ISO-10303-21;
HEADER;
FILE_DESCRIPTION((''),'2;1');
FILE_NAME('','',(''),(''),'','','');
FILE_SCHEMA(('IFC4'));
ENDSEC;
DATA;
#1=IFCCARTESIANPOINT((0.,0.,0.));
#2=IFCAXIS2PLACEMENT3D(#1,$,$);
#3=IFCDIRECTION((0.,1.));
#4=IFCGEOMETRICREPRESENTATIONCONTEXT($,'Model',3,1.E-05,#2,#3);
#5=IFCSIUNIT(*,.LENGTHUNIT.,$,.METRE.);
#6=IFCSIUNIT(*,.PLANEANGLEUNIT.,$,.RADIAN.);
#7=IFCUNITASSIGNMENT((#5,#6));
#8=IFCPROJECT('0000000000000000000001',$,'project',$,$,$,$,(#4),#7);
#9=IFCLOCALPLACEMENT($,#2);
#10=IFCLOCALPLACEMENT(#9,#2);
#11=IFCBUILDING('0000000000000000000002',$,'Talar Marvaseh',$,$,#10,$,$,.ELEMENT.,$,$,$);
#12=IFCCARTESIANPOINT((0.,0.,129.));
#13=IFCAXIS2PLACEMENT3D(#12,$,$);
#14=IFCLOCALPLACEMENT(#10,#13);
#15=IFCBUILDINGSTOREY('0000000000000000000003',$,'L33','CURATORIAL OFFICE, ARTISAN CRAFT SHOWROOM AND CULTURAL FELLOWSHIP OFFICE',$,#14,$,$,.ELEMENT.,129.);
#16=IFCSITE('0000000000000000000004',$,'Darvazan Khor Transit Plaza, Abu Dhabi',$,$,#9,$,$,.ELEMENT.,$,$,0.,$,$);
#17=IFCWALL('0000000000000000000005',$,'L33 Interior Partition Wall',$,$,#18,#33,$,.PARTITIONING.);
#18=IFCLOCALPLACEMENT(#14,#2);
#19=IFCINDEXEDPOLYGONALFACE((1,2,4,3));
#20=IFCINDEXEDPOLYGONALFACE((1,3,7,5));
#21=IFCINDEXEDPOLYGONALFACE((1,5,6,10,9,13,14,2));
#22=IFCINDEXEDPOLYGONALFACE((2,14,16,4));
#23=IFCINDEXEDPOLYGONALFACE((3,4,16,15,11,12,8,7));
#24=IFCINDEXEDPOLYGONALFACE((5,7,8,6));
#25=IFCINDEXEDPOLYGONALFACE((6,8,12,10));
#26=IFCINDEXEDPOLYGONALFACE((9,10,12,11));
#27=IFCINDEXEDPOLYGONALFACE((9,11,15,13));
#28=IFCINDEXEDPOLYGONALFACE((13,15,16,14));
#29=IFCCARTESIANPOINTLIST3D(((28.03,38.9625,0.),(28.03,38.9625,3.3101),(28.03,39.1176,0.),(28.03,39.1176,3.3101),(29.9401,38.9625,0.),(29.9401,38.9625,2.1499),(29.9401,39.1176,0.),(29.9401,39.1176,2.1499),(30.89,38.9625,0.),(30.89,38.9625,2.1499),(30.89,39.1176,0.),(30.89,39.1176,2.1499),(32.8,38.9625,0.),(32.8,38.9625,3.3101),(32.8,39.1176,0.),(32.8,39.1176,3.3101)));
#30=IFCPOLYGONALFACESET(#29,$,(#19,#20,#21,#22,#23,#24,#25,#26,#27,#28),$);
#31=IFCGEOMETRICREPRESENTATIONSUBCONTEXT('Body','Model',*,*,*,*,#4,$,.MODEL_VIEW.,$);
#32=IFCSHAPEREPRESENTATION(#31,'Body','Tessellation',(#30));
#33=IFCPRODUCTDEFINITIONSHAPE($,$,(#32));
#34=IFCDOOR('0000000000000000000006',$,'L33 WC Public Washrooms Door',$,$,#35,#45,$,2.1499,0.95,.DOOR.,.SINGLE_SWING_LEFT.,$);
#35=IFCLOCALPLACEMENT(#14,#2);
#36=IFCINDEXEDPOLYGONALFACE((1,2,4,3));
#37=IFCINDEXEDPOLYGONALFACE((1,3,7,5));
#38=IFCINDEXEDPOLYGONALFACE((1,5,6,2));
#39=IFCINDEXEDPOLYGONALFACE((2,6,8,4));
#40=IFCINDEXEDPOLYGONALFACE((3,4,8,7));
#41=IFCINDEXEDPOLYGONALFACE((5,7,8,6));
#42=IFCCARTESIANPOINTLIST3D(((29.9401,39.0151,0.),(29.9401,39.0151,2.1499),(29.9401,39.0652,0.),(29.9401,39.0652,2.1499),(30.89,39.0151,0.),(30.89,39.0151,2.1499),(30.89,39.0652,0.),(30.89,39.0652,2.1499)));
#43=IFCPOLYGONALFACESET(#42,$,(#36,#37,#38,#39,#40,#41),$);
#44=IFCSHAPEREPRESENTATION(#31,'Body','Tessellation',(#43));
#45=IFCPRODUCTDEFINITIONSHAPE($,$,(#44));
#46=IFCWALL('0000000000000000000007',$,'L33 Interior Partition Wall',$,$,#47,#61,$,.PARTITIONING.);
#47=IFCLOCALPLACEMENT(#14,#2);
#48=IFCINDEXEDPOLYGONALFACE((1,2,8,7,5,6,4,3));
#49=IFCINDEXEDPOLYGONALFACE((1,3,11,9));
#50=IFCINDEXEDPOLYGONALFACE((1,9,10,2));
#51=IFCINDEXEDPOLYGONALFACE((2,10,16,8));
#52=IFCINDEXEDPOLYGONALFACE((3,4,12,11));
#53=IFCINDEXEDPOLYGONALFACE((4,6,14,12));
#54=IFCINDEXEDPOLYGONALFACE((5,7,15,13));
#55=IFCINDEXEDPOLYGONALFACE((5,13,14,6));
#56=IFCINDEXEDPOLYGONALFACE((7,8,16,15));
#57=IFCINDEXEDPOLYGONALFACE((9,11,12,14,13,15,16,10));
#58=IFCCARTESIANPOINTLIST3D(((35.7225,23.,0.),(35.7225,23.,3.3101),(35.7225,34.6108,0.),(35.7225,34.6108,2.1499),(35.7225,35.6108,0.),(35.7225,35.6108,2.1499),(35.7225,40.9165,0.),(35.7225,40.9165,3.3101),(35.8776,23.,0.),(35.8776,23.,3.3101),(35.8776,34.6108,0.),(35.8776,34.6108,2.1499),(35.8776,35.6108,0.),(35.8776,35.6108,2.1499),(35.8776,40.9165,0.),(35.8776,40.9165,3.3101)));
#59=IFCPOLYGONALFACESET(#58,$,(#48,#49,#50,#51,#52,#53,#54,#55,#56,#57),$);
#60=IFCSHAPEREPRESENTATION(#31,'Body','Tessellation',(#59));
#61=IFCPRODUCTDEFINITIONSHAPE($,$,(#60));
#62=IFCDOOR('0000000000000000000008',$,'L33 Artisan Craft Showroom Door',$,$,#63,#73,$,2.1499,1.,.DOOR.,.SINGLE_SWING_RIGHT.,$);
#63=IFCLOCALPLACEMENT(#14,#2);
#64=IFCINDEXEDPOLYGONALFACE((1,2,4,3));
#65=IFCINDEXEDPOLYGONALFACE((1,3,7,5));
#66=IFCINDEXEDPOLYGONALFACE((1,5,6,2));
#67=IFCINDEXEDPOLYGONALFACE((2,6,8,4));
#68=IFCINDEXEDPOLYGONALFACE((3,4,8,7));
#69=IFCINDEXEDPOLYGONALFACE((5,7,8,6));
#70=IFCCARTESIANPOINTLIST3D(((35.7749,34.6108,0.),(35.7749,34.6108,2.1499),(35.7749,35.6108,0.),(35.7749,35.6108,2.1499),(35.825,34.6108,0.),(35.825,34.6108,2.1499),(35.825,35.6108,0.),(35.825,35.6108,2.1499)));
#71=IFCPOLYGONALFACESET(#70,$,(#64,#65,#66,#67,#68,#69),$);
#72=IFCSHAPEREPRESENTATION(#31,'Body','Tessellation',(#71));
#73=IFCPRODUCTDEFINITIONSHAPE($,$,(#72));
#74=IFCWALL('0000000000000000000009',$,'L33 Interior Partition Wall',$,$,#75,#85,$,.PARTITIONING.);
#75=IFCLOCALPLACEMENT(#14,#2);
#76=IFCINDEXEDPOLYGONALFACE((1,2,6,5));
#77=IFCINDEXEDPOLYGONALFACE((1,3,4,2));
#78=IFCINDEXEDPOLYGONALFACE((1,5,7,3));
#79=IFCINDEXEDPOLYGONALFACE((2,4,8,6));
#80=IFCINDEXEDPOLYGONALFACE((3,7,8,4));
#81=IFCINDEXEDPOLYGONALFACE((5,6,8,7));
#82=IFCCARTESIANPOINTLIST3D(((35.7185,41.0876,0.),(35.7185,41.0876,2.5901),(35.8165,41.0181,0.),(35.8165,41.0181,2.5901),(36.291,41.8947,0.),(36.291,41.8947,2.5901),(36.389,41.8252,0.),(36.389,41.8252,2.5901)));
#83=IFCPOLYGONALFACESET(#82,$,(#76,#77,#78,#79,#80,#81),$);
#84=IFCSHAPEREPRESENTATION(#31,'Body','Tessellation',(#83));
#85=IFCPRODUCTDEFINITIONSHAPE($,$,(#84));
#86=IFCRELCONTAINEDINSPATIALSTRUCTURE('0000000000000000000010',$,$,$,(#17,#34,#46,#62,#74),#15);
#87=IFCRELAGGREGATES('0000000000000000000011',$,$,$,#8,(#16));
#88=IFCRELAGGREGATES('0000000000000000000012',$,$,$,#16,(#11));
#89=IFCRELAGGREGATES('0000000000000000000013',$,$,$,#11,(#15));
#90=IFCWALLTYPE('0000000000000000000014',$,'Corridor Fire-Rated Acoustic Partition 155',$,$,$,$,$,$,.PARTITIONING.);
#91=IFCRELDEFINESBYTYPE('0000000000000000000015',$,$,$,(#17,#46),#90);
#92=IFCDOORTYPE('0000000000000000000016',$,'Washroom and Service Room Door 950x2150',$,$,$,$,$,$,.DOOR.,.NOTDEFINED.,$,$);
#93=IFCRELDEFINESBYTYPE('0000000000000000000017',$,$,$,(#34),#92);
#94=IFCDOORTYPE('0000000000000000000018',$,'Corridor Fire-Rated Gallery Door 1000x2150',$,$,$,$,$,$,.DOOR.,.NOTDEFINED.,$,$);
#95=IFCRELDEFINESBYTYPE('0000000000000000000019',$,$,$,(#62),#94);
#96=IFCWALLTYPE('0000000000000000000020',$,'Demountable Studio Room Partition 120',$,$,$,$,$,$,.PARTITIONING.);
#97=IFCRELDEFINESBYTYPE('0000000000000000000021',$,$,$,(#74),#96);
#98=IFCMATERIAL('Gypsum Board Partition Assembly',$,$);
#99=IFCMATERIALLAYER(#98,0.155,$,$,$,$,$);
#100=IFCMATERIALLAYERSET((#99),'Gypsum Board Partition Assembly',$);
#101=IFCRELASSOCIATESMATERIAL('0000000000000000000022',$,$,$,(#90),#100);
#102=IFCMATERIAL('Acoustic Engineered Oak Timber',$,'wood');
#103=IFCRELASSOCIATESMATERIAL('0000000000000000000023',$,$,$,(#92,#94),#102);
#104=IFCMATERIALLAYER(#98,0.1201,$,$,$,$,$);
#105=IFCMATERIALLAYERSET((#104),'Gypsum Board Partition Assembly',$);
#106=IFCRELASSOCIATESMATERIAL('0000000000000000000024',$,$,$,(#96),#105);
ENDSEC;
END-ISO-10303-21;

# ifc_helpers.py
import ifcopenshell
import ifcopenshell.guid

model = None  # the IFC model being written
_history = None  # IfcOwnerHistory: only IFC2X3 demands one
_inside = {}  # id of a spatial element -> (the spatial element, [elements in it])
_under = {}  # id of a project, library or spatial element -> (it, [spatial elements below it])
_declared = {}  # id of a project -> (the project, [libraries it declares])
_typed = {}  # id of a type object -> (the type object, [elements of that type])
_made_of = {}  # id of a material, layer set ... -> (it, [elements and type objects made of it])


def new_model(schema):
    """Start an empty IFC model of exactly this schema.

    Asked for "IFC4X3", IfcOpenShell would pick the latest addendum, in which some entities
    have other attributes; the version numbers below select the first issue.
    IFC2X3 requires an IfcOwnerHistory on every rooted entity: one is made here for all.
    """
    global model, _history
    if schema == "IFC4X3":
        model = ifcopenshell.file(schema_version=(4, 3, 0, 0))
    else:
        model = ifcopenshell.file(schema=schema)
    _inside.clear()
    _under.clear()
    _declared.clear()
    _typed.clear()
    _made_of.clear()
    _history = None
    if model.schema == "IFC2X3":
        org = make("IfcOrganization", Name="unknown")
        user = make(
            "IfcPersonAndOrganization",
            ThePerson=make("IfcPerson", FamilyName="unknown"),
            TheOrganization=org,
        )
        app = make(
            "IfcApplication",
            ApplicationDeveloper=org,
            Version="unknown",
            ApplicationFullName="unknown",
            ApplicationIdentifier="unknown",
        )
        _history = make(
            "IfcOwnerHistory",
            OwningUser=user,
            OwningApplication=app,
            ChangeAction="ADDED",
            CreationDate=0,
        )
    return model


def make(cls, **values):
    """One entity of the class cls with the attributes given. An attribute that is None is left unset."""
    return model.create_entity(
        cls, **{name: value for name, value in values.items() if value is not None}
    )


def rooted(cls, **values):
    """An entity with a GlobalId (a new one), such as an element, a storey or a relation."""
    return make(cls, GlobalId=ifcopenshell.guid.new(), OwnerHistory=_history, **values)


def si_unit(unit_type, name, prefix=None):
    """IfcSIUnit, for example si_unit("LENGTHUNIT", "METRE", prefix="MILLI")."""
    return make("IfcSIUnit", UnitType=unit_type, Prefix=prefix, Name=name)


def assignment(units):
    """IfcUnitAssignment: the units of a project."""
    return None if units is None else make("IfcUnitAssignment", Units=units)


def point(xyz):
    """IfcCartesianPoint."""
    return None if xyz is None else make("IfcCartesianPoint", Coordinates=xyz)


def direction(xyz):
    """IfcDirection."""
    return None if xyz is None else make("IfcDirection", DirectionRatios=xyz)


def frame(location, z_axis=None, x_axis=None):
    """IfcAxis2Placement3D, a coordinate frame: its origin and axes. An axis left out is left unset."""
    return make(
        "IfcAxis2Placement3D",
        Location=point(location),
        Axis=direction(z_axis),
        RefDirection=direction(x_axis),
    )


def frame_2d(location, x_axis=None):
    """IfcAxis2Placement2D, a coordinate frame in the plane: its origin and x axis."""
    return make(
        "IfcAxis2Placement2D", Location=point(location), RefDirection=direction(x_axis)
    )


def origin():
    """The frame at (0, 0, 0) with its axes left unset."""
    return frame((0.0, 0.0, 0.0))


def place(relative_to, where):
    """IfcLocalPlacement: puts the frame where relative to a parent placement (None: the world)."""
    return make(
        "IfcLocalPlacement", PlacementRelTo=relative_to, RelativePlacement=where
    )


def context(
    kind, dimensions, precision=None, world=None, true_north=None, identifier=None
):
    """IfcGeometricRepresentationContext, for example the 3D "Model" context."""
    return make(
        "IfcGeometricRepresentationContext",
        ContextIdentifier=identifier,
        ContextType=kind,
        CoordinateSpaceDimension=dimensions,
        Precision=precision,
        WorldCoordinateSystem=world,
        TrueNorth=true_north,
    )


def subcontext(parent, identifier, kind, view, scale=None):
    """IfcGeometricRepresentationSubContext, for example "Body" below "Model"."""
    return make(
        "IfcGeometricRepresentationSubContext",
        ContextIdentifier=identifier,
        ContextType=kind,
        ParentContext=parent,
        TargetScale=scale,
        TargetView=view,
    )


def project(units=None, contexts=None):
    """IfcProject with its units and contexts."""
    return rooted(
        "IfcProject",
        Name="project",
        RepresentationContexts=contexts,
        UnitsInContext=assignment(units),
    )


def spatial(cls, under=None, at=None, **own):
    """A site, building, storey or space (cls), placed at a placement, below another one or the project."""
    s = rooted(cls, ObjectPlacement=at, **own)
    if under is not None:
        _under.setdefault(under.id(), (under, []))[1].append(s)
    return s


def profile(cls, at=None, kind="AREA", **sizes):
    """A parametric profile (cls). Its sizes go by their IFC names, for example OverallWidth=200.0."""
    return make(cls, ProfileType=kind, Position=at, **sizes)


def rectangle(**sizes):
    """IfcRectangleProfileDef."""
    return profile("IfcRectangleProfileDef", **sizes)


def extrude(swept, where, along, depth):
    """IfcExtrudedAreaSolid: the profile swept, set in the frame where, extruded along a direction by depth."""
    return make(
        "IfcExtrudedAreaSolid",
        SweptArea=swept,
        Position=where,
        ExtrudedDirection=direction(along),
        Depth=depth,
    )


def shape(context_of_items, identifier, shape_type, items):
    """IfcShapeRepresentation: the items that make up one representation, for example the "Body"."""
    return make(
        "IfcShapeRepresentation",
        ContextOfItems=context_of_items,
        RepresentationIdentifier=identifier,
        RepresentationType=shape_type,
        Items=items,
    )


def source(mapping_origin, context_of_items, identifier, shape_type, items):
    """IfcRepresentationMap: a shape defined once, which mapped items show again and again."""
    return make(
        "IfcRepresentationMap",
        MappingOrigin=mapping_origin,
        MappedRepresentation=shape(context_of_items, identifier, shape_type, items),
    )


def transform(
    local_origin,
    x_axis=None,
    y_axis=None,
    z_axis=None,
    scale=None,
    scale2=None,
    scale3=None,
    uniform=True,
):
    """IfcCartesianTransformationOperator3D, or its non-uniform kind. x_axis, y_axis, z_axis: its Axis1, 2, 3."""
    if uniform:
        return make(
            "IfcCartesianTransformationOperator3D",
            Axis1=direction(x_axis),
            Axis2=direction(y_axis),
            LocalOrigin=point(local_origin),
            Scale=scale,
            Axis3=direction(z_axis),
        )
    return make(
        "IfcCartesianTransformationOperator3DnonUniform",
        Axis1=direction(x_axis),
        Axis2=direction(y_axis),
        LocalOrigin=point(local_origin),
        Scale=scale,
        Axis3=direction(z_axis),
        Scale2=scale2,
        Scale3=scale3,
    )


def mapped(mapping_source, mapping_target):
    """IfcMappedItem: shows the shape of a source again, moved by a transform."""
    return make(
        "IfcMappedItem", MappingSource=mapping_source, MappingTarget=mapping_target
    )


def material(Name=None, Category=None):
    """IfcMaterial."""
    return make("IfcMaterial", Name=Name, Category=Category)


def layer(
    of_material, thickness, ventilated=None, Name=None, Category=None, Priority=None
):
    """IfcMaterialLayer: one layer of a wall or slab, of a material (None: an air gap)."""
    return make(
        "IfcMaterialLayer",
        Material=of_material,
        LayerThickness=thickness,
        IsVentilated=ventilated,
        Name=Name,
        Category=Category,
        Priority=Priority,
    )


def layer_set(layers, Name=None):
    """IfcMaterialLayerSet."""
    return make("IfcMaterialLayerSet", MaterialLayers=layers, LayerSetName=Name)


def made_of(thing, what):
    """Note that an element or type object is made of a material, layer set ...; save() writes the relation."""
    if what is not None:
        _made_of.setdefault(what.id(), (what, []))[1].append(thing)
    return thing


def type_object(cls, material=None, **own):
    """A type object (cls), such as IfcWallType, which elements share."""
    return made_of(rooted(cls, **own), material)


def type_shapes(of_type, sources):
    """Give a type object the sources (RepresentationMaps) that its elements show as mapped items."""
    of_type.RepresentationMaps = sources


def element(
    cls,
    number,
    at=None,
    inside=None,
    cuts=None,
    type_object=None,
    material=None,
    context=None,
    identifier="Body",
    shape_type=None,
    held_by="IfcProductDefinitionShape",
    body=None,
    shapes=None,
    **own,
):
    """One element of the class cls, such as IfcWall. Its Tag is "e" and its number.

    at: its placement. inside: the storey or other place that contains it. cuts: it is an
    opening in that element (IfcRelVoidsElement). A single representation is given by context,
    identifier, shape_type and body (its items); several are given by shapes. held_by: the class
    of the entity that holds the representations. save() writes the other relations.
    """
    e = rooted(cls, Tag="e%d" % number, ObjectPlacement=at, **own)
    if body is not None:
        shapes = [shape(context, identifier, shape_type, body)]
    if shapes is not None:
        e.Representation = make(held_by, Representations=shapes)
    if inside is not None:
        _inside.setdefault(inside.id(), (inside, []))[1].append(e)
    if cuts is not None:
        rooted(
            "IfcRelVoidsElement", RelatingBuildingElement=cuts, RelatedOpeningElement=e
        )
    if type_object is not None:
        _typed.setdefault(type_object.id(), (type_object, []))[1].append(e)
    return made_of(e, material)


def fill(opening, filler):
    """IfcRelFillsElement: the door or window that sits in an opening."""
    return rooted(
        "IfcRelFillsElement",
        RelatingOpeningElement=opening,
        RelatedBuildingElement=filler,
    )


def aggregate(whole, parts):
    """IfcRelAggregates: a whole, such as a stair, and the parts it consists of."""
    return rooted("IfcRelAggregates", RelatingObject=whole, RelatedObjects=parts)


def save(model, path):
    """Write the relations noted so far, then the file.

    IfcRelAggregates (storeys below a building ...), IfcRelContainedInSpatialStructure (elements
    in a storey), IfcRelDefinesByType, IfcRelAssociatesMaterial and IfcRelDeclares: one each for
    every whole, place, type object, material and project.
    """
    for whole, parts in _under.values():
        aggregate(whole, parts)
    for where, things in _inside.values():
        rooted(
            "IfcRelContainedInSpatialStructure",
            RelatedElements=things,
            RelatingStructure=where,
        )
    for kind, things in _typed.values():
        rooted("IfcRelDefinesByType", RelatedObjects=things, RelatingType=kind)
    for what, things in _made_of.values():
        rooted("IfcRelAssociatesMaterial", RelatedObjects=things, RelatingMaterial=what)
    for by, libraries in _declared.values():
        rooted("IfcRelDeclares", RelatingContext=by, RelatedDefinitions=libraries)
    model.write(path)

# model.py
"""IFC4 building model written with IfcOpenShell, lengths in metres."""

from ifc_helpers import new_model, si_unit, direction, frame, frame_2d, origin, place, context, subcontext, project, spatial, rectangle, extrude, source, transform, mapped, material, layer, layer_set, type_object, type_shapes, element, fill, save


model = new_model("IFC4")

# Units and contexts
model_context = context("Model", 3, precision=1e-05, world=origin(), true_north=direction((0.0, 1.0)))
body_context = subcontext(model_context, "Body", "Model", "MODEL_VIEW")
ifc_project = project(units=[si_unit("LENGTHUNIT", "METRE"), si_unit("PLANEANGLEUNIT", "RADIAN")], contexts=[model_context])

# Site, building, storey
site_placement = place(None, origin())
site = spatial("IfcSite", under=ifc_project, at=site_placement, Name="Darvazan Khor Transit Plaza, Abu Dhabi", CompositionType="ELEMENT", RefElevation=0.0)
building_placement = place(site_placement, origin())
building = spatial("IfcBuilding", under=site, at=building_placement, Name="Talar Marvaseh", CompositionType="ELEMENT")
storey_placement = place(building_placement, frame((0.0, 0.0, 129.0)))
storey = spatial("IfcBuildingStorey", under=building, at=storey_placement, Name="L33", Description="CURATORIAL OFFICE, ARTISAN CRAFT SHOWROOM AND CULTURAL FELLOWSHIP OFFICE", CompositionType="ELEMENT", Elevation=129.0)

# Walls, openings, doors
ifc_material_1 = material(Name="Gypsum Board Partition Assembly")
ifc_layer_1 = layer(ifc_material_1, 0.155)
ifc_layer_set_1 = layer_set([ifc_layer_1], Name="Gypsum Board Partition Assembly")
wall_type_1 = type_object("IfcWallType", Name="Corridor Fire-Rated Acoustic Partition 155", PredefinedType="PARTITIONING", material=ifc_layer_set_1)
wall_1_placement = place(storey_placement, frame((32.8, 39.04, 0.0), z_axis=(0.0, 0.0, 1.0), x_axis=(-1.0, 0.0, 0.0)))
wall_1 = element("IfcWall", 1, at=wall_1_placement, inside=storey, type_object=wall_type_1, Name="L33 Interior Partition Wall", PredefinedType="PARTITIONING", context=body_context, shape_type="SweptSolid", body=[
    extrude(rectangle(XDim=4.77, YDim=0.155, at=frame_2d((2.385, 0.0))), origin(), (0.0, 0.0, 1.0), 3.3101),
])
opening_1_placement = place(wall_1_placement, frame((1.9099, 0.0, 0.0)))
opening_1 = element("IfcOpeningElement", 2, at=opening_1_placement, cuts=wall_1, PredefinedType="OPENING", context=body_context, shape_type="SweptSolid", body=[
    extrude(rectangle(XDim=0.95, YDim=2.1499, at=frame_2d((0.4751, 1.075))), frame((0.0, 0.0874, 0.0), z_axis=(0.0, -1.0, 0.0), x_axis=(1.0, 0.0, 0.0)), (0.0, 0.0, 1.0), 0.175),
])
ifc_material_2 = material(Name="Acoustic Engineered Oak Timber", Category="wood")
door_type_1 = type_object("IfcDoorType", Name="Washroom and Service Room Door 950x2150", OperationType="NOTDEFINED", PredefinedType="DOOR", material=ifc_material_2)
shared_shape_1 = source(origin(), body_context, "Body", "SweptSolid", [
    extrude(rectangle(XDim=0.95, YDim=2.1499, at=frame_2d((0.4751, 1.075))), frame((0.0, 0.0249, 0.0), z_axis=(0.0, -1.0, 0.0), x_axis=(1.0, 0.0, 0.0)), (0.0, 0.0, 1.0), 0.05),
])
type_shapes(door_type_1, [shared_shape_1])
door_1_placement = place(opening_1_placement, origin())
door_1 = element("IfcDoor", 3, at=door_1_placement, inside=storey, type_object=door_type_1, Name="L33 WC Public Washrooms Door", OperationType="SINGLE_SWING_LEFT", OverallHeight=2.1499, OverallWidth=0.95, PredefinedType="DOOR", context=body_context, shape_type="MappedRepresentation", body=[
    mapped(shared_shape_1, transform((0.0, 0.0, 0.0), x_axis=(1.0, 0.0, 0.0), y_axis=(0.0, 1.0, 0.0), z_axis=(0.0, 0.0, 1.0), scale=1.0)),
])
fill(opening_1, door_1)
wall_2_placement = place(storey_placement, frame((35.8, 40.9165, 0.0), z_axis=(0.0, 0.0, 1.0), x_axis=(0.0, -1.0, 0.0)))
wall_2 = element("IfcWall", 4, at=wall_2_placement, inside=storey, type_object=wall_type_1, Name="L33 Interior Partition Wall", PredefinedType="PARTITIONING", context=body_context, shape_type="SweptSolid", body=[
    extrude(rectangle(XDim=17.9165, YDim=0.155, at=frame_2d((8.9583, 0.0))), origin(), (0.0, 0.0, 1.0), 3.3101),
])
opening_2_placement = place(wall_2_placement, frame((5.3057, 0.0, 0.0)))
opening_2 = element("IfcOpeningElement", 5, at=opening_2_placement, cuts=wall_2, PredefinedType="OPENING", context=body_context, shape_type="SweptSolid", body=[
    extrude(rectangle(XDim=1.0, YDim=2.1499, at=frame_2d((0.5, 1.075))), frame((0.0, 0.0874, 0.0), z_axis=(0.0, -1.0, 0.0), x_axis=(1.0, 0.0, 0.0)), (0.0, 0.0, 1.0), 0.175),
])
door_type_2 = type_object("IfcDoorType", Name="Corridor Fire-Rated Gallery Door 1000x2150", OperationType="NOTDEFINED", PredefinedType="DOOR", material=ifc_material_2)
shared_shape_2 = source(origin(), body_context, "Body", "SweptSolid", [
    extrude(rectangle(XDim=1.0, YDim=2.1499, at=frame_2d((0.5, 1.075))), frame((0.0, 0.0249, 0.0), z_axis=(0.0, -1.0, 0.0), x_axis=(1.0, 0.0, 0.0)), (0.0, 0.0, 1.0), 0.05),
])
type_shapes(door_type_2, [shared_shape_2])
door_2_placement = place(opening_2_placement, origin())
door_2 = element("IfcDoor", 6, at=door_2_placement, inside=storey, type_object=door_type_2, Name="L33 Artisan Craft Showroom Door", OperationType="SINGLE_SWING_RIGHT", OverallHeight=2.1499, OverallWidth=1.0, PredefinedType="DOOR", context=body_context, shape_type="MappedRepresentation", body=[
    mapped(shared_shape_2, transform((0.0, 0.0, 0.0), x_axis=(1.0, 0.0, 0.0), y_axis=(0.0, 1.0, 0.0), z_axis=(0.0, 0.0, 1.0), scale=1.0)),
])
fill(opening_2, door_2)

# Wall
ifc_layer_2 = layer(ifc_material_1, 0.1201)
ifc_layer_set_2 = layer_set([ifc_layer_2], Name="Gypsum Board Partition Assembly")
wall_type_2 = type_object("IfcWallType", Name="Demountable Studio Room Partition 120", PredefinedType="PARTITIONING", material=ifc_layer_set_2)
wall_3_placement = place(storey_placement, frame((35.7676, 41.053, 0.0), z_axis=(0.0, 0.0, 1.0), x_axis=(0.578551, 0.815646, 0.0)))
element("IfcWall", 7, at=wall_3_placement, inside=storey, type_object=wall_type_2, Name="L33 Interior Partition Wall", PredefinedType="PARTITIONING", context=body_context, shape_type="SweptSolid", body=[
    extrude(rectangle(XDim=0.9895, YDim=0.1201, at=frame_2d((0.4946, 0.0))), origin(), (0.0, 0.0, 1.0), 2.5901),
])

save(model, "model.ifc")
